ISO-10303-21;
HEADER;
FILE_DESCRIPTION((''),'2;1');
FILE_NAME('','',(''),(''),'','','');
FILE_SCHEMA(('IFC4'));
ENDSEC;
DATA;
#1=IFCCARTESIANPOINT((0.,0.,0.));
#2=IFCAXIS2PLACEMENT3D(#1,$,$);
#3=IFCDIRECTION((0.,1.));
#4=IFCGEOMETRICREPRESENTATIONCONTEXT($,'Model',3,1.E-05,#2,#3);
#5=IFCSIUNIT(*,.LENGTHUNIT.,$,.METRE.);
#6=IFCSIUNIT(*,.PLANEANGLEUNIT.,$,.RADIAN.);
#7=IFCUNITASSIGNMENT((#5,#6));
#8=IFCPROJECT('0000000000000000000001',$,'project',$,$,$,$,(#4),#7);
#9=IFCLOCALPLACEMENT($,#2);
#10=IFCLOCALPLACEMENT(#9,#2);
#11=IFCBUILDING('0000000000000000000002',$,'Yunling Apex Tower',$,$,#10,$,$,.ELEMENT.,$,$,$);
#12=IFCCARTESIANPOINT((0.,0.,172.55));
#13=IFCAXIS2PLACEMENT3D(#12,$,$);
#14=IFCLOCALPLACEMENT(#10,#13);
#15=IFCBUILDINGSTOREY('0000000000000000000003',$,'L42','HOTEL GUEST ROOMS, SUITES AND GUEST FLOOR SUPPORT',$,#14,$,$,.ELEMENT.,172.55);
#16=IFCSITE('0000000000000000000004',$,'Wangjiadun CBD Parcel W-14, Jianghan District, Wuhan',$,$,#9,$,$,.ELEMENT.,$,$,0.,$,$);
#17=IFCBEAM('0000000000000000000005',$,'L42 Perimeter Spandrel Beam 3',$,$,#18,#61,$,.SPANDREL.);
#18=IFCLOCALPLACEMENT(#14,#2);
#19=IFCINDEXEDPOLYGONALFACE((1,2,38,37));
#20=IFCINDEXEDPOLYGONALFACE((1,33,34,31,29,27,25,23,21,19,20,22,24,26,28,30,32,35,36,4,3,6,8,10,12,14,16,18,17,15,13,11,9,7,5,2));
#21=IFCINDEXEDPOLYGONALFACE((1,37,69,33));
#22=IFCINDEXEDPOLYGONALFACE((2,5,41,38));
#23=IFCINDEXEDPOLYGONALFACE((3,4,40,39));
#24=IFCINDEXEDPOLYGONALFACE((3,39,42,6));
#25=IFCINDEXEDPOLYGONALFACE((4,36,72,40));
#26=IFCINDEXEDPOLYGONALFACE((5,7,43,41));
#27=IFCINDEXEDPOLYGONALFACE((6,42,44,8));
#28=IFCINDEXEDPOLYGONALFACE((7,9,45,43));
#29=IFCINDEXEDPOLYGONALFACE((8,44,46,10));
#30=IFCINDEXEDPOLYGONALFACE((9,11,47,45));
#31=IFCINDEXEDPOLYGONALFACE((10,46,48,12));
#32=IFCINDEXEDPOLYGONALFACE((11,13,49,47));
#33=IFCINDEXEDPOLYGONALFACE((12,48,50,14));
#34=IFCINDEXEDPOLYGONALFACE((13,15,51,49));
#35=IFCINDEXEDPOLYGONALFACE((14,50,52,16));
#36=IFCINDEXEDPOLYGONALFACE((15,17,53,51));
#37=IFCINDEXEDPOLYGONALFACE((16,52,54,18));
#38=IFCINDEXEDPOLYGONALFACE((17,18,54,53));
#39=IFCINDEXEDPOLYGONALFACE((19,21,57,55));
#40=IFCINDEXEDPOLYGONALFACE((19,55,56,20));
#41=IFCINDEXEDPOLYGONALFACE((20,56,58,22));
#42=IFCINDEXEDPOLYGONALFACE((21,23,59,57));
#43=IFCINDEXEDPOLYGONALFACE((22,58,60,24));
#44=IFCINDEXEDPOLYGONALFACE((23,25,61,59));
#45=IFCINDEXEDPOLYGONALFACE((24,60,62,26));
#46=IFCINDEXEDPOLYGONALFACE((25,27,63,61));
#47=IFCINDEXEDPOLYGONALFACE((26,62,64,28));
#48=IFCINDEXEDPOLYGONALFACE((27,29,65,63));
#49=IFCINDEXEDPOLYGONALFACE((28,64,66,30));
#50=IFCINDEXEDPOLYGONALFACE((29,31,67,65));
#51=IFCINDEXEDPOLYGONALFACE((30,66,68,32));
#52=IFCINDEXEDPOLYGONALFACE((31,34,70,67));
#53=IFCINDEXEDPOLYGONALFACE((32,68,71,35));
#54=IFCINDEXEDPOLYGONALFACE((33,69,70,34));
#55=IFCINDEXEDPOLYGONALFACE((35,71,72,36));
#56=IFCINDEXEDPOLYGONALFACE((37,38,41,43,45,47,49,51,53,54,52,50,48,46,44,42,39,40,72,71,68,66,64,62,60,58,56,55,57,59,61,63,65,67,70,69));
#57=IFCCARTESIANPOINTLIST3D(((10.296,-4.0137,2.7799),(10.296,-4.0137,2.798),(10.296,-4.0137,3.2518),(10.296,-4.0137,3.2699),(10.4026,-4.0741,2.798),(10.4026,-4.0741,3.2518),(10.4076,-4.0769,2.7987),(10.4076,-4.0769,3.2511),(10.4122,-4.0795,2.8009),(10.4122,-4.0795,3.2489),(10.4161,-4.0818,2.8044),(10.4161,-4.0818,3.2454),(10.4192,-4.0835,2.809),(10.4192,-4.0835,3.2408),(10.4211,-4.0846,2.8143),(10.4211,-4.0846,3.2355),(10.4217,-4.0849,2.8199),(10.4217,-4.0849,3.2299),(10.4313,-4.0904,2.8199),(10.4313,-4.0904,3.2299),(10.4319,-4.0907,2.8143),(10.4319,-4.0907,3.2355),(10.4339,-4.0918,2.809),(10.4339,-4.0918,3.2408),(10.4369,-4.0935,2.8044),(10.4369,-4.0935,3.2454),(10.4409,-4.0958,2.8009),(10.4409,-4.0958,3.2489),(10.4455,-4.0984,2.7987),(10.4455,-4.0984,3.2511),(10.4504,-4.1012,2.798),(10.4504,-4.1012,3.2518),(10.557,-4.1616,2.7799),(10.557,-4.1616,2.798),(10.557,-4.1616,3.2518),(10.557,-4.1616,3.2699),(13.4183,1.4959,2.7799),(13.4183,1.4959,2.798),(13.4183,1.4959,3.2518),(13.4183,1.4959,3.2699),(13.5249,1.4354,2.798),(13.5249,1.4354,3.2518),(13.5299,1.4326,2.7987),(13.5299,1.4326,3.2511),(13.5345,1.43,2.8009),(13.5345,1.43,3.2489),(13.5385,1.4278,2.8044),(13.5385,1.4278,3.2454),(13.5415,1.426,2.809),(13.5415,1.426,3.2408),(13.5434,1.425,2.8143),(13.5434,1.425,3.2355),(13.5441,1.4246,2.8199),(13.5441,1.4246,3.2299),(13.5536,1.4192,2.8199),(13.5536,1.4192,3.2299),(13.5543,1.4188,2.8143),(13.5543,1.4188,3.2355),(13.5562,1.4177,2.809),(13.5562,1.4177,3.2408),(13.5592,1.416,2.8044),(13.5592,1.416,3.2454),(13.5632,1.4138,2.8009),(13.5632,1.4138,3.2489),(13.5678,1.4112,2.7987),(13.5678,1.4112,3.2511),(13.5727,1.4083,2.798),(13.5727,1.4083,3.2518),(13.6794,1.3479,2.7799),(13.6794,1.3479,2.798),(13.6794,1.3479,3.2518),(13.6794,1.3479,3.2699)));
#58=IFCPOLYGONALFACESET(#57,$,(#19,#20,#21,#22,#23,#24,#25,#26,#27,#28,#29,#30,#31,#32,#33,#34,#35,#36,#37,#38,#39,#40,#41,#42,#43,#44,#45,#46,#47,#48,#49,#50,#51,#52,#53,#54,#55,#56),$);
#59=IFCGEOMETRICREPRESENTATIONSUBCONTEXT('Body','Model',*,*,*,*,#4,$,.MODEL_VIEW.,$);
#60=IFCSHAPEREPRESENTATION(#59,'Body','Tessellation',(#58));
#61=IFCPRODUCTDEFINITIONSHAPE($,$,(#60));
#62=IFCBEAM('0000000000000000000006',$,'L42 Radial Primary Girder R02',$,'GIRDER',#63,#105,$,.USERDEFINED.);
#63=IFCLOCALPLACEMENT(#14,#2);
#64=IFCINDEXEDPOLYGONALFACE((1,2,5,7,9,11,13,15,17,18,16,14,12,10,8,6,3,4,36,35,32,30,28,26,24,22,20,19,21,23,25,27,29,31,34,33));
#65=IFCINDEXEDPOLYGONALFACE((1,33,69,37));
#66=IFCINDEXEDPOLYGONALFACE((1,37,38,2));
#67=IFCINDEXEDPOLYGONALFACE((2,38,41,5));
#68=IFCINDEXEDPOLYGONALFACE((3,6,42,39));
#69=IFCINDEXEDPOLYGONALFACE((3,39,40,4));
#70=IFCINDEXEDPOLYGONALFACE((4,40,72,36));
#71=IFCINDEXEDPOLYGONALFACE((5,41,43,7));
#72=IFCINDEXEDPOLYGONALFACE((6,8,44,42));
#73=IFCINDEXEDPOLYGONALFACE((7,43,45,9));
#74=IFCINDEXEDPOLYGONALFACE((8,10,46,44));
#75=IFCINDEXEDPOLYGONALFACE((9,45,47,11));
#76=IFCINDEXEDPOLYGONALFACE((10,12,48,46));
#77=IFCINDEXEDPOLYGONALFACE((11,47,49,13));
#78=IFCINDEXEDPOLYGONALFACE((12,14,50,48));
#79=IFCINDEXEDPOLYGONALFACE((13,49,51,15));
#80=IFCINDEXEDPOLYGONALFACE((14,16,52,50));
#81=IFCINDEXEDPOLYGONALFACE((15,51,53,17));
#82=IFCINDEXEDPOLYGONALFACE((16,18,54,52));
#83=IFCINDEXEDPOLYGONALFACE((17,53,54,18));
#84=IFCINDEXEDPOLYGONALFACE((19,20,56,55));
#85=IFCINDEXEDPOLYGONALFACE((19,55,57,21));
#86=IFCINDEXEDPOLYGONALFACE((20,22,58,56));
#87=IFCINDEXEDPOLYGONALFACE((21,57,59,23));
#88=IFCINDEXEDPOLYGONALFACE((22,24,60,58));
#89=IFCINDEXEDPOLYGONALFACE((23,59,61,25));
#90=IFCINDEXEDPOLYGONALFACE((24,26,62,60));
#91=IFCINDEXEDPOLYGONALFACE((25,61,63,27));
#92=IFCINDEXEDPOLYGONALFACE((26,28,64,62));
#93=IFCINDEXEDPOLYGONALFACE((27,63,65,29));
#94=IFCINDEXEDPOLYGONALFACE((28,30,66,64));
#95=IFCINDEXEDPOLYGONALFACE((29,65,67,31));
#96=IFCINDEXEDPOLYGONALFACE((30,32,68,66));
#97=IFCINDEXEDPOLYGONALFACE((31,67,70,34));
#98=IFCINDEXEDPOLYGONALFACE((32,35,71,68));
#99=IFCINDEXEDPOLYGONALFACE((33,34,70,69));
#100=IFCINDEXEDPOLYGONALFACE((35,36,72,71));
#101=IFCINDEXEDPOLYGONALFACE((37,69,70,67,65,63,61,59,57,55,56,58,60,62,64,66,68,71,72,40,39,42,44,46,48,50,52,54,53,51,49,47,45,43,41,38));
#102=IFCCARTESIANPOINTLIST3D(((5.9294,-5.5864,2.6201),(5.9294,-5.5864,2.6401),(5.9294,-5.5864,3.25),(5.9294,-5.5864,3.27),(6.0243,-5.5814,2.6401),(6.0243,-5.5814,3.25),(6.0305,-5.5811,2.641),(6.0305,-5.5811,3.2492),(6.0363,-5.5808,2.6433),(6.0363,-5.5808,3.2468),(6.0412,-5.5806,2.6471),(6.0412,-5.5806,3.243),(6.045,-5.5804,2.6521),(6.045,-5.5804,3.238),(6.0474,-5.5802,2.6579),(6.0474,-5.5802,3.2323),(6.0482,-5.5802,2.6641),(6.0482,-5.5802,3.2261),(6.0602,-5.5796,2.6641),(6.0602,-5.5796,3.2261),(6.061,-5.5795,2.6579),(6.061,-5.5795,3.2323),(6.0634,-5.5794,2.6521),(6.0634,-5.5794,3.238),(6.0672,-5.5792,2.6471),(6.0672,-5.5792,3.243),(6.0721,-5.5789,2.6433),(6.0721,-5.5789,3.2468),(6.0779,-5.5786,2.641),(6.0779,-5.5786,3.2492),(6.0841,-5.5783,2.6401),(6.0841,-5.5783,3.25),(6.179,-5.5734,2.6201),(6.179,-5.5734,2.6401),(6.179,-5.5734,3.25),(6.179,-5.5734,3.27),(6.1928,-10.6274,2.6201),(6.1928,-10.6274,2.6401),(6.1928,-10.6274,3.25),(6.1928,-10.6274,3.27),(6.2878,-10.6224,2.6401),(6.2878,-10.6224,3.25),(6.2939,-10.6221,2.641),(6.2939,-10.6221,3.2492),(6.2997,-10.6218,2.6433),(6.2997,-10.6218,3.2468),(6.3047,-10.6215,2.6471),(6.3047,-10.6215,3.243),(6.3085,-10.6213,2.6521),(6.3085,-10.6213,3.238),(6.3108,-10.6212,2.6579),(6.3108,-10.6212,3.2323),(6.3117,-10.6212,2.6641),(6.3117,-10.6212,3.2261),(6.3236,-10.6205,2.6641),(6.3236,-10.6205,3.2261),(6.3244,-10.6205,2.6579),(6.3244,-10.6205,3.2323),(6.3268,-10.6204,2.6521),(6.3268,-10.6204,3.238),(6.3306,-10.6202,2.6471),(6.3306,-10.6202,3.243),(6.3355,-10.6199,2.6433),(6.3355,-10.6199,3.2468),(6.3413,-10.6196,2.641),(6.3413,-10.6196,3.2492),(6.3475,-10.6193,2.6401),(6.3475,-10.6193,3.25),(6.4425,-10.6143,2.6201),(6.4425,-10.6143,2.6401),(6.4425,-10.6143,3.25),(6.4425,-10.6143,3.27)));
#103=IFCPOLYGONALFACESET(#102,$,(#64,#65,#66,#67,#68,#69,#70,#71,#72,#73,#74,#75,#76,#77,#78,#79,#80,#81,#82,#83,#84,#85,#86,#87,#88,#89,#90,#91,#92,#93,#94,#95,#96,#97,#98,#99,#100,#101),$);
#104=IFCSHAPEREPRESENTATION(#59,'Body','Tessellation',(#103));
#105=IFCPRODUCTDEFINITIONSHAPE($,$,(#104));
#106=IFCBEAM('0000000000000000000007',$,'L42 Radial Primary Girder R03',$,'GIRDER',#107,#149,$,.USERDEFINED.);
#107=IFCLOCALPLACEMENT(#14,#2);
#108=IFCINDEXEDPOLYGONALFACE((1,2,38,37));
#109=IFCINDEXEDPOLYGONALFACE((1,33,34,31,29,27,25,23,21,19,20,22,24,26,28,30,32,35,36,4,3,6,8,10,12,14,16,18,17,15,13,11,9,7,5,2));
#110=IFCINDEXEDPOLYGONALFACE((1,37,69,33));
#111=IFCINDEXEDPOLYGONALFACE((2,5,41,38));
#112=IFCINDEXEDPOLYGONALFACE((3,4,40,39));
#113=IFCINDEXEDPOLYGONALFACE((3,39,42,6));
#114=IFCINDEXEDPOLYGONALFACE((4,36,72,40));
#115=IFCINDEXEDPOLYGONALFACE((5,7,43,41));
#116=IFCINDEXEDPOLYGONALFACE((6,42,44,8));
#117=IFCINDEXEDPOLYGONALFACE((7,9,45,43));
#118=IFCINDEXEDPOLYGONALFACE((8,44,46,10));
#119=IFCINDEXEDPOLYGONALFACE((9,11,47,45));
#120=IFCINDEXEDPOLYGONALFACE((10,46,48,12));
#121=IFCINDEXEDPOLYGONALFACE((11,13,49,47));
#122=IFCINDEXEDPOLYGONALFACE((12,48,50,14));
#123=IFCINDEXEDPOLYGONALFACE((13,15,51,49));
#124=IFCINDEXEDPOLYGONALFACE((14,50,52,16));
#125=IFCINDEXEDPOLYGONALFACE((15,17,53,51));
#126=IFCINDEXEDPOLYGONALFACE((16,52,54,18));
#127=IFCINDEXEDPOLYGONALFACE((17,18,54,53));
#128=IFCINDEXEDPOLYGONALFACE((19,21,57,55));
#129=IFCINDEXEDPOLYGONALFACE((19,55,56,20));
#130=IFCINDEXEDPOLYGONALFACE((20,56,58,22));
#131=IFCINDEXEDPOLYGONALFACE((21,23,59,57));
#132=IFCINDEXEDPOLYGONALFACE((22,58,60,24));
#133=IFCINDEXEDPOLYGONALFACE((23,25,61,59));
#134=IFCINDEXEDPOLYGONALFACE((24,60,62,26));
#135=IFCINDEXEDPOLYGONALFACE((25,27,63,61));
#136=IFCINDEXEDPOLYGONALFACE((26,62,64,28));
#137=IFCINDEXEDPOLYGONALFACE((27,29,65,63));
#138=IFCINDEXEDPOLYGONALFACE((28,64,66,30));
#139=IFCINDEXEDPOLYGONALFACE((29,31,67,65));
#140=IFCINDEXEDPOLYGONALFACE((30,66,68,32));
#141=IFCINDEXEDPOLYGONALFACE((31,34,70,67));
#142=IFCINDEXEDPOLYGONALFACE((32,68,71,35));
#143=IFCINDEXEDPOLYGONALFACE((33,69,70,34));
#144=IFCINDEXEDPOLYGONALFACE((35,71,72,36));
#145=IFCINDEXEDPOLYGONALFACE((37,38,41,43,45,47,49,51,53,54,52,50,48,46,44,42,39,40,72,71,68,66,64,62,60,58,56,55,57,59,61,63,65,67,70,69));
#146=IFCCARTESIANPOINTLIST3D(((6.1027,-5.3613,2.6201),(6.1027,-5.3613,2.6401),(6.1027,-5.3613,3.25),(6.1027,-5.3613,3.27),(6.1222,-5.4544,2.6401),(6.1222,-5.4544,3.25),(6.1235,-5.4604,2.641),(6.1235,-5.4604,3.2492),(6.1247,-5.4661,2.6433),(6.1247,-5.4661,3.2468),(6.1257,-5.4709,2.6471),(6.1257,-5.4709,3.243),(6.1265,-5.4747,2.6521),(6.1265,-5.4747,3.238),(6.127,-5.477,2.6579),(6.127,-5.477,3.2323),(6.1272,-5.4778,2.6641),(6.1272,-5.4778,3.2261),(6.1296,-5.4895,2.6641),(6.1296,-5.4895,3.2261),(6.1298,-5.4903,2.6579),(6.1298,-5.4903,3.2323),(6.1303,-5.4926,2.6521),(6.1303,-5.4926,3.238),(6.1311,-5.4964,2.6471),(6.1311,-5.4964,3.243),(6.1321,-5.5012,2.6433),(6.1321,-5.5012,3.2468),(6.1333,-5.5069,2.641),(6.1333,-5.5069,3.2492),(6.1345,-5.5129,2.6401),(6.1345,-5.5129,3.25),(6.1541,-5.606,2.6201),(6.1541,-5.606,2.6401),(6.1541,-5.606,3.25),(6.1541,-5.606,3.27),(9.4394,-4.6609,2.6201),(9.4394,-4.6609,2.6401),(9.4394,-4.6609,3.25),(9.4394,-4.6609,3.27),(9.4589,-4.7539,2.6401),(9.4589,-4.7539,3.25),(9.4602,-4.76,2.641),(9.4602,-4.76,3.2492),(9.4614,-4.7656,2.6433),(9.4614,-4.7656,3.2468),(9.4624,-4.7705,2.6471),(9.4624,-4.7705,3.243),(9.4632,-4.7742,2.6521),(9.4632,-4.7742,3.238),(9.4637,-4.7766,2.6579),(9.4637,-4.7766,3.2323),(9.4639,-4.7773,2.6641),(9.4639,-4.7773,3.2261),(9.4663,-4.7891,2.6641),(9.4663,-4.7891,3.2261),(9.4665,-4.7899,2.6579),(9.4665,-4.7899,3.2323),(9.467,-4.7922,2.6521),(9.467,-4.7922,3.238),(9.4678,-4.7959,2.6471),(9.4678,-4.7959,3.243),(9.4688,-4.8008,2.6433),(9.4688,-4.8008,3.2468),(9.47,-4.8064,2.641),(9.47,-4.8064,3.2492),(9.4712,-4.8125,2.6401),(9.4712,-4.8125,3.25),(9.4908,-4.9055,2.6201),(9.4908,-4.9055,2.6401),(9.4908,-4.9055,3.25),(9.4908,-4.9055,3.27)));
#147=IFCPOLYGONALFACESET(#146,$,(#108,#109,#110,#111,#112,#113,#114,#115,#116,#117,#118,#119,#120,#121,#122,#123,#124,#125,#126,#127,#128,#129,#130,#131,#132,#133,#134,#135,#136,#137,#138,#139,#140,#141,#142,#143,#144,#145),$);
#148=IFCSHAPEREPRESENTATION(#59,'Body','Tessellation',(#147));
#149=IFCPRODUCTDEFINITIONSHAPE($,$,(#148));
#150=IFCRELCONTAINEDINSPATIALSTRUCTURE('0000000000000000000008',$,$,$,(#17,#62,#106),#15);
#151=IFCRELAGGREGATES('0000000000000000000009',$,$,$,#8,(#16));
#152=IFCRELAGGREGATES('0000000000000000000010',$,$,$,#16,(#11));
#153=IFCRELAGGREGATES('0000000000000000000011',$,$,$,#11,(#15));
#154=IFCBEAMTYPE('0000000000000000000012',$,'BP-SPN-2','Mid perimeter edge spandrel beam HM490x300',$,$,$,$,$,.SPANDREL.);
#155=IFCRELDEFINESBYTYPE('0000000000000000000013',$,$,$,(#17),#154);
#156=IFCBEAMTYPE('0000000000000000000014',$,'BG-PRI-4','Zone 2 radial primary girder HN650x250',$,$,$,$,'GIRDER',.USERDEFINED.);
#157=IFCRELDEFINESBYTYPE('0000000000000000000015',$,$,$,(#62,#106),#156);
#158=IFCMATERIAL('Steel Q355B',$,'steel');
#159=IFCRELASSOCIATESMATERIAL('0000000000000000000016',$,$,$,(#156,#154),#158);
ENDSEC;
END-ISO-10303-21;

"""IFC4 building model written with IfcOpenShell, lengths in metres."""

from ifc_helpers import new_model, si_unit, direction, frame, origin, origin_2d, place, context, subcontext, project, spatial, i_section, extrude, source, transform, mapped, material, material_profile, profile_set, type_object, element, save


model = new_model("IFC4")

# Units and contexts
model_context = context("Model", 3, precision=1e-05, world=origin(), true_north=direction((0.0, 1.0)))
body_context = subcontext(model_context, "Body", "Model", "MODEL_VIEW")
ifc_project = project(units=[si_unit("LENGTHUNIT", "METRE"), si_unit("PLANEANGLEUNIT", "RADIAN")], contexts=[model_context])

# Site, building, storey
site_placement = place(None, origin())
site = spatial("IfcSite", under=ifc_project, at=site_placement, Name="Wangjiadun CBD Parcel W-14, Jianghan District, Wuhan", CompositionType="ELEMENT", RefElevation=0.0)
building_placement = place(site_placement, origin())
building = spatial("IfcBuilding", under=site, at=building_placement, Name="Yunling Apex Tower", CompositionType="ELEMENT")
storey_placement = place(building_placement, frame((0.0, 0.0, 172.55)))
storey = spatial("IfcBuildingStorey", under=building, at=storey_placement, Name="L42", Description="HOTEL GUEST ROOMS, SUITES AND GUEST FLOOR SUPPORT", CompositionType="ELEMENT", Elevation=172.55)

# Beams
ifc_material_1 = material(Name="Steel Q355B", Category="steel")
ifc_material_profile_1 = material_profile(ifc_material_1, i_section(OverallWidth=0.25, OverallDepth=0.6499, WebThickness=0.012, FlangeThickness=0.02, FilletRadius=0.0239, at=origin_2d()))
ifc_profile_set_1 = profile_set([ifc_material_profile_1], Name="Steel Q355B")
beam_type_1 = type_object("IfcBeamType", Name="BG-PRI-4", Description="Zone 2 radial primary girder HN650x250", ElementType="GIRDER", PredefinedType="USERDEFINED", material=ifc_profile_set_1)
ifc_material_profile_2 = material_profile(ifc_material_1, i_section(OverallWidth=0.3, OverallDepth=0.49, WebThickness=0.011, FlangeThickness=0.0181, FilletRadius=0.022, at=origin_2d()))
ifc_profile_set_2 = profile_set([ifc_material_profile_2], Name="Steel Q355B")
beam_type_2 = type_object("IfcBeamType", Name="BP-SPN-2", Description="Mid perimeter edge spandrel beam HM490x300", PredefinedType="SPANDREL", material=ifc_profile_set_2)
shared_shape_1 = source(origin(), body_context, "Body", "SweptSolid", [
    extrude(i_section(OverallWidth=0.3, OverallDepth=0.49, WebThickness=0.011, FlangeThickness=0.0181, FilletRadius=0.022, at=origin_2d()), origin(), (0.0, 0.0, 1.0), 6.3328),
])
beam_1_placement = place(storey_placement, frame((10.4265, -4.0876, 3.0249), z_axis=(0.493043, 0.870005, 0.0), x_axis=(-0.870005, 0.493043, 0.0)))
element("IfcBeam", 1, at=beam_1_placement, inside=storey, type_object=beam_type_2, Name="L42 Perimeter Spandrel Beam 3", PredefinedType="SPANDREL", context=body_context, shape_type="MappedRepresentation", body=[
    mapped(shared_shape_1, transform((0.0, 0.0, 0.0), scale=1.0)),
])
shared_shape_2 = source(origin(), body_context, "Body", "SweptSolid", [
    extrude(i_section(OverallWidth=0.25, OverallDepth=0.6499, WebThickness=0.012, FlangeThickness=0.02, FilletRadius=0.0239, at=origin_2d()), origin(), (0.0, 0.0, 1.0), 5.0479),
])
beam_2_placement = place(storey_placement, frame((6.3176, -10.6208, 2.9451), z_axis=(-0.052186, 0.998637, 0.0), x_axis=(-0.998637, -0.052186, 0.0)))
element("IfcBeam", 2, at=beam_2_placement, inside=storey, type_object=beam_type_1, Name="L42 Radial Primary Girder R02", ObjectType="GIRDER", PredefinedType="USERDEFINED", context=body_context, shape_type="MappedRepresentation", body=[
    mapped(shared_shape_2, transform((0.0, 0.0, 0.0), scale=1.0)),
])
shared_shape_3 = source(origin(), body_context, "Body", "SweptSolid", [
    extrude(i_section(OverallWidth=0.25, OverallDepth=0.6499, WebThickness=0.012, FlangeThickness=0.02, FilletRadius=0.0239, at=origin_2d()), origin(), (0.0, 0.0, 1.0), 3.4094),
])
beam_3_placement = place(storey_placement, frame((9.4651, -4.7832, 2.9451), z_axis=(-0.978669, -0.205444, 0.0), x_axis=(0.205444, -0.978669, 0.0)))
element("IfcBeam", 3, at=beam_3_placement, inside=storey, type_object=beam_type_1, Name="L42 Radial Primary Girder R03", ObjectType="GIRDER", PredefinedType="USERDEFINED", context=body_context, shape_type="MappedRepresentation", body=[
    mapped(shared_shape_3, transform((0.0, 0.0, 0.0), scale=1.0)),
])

save(model, "model.ifc")
